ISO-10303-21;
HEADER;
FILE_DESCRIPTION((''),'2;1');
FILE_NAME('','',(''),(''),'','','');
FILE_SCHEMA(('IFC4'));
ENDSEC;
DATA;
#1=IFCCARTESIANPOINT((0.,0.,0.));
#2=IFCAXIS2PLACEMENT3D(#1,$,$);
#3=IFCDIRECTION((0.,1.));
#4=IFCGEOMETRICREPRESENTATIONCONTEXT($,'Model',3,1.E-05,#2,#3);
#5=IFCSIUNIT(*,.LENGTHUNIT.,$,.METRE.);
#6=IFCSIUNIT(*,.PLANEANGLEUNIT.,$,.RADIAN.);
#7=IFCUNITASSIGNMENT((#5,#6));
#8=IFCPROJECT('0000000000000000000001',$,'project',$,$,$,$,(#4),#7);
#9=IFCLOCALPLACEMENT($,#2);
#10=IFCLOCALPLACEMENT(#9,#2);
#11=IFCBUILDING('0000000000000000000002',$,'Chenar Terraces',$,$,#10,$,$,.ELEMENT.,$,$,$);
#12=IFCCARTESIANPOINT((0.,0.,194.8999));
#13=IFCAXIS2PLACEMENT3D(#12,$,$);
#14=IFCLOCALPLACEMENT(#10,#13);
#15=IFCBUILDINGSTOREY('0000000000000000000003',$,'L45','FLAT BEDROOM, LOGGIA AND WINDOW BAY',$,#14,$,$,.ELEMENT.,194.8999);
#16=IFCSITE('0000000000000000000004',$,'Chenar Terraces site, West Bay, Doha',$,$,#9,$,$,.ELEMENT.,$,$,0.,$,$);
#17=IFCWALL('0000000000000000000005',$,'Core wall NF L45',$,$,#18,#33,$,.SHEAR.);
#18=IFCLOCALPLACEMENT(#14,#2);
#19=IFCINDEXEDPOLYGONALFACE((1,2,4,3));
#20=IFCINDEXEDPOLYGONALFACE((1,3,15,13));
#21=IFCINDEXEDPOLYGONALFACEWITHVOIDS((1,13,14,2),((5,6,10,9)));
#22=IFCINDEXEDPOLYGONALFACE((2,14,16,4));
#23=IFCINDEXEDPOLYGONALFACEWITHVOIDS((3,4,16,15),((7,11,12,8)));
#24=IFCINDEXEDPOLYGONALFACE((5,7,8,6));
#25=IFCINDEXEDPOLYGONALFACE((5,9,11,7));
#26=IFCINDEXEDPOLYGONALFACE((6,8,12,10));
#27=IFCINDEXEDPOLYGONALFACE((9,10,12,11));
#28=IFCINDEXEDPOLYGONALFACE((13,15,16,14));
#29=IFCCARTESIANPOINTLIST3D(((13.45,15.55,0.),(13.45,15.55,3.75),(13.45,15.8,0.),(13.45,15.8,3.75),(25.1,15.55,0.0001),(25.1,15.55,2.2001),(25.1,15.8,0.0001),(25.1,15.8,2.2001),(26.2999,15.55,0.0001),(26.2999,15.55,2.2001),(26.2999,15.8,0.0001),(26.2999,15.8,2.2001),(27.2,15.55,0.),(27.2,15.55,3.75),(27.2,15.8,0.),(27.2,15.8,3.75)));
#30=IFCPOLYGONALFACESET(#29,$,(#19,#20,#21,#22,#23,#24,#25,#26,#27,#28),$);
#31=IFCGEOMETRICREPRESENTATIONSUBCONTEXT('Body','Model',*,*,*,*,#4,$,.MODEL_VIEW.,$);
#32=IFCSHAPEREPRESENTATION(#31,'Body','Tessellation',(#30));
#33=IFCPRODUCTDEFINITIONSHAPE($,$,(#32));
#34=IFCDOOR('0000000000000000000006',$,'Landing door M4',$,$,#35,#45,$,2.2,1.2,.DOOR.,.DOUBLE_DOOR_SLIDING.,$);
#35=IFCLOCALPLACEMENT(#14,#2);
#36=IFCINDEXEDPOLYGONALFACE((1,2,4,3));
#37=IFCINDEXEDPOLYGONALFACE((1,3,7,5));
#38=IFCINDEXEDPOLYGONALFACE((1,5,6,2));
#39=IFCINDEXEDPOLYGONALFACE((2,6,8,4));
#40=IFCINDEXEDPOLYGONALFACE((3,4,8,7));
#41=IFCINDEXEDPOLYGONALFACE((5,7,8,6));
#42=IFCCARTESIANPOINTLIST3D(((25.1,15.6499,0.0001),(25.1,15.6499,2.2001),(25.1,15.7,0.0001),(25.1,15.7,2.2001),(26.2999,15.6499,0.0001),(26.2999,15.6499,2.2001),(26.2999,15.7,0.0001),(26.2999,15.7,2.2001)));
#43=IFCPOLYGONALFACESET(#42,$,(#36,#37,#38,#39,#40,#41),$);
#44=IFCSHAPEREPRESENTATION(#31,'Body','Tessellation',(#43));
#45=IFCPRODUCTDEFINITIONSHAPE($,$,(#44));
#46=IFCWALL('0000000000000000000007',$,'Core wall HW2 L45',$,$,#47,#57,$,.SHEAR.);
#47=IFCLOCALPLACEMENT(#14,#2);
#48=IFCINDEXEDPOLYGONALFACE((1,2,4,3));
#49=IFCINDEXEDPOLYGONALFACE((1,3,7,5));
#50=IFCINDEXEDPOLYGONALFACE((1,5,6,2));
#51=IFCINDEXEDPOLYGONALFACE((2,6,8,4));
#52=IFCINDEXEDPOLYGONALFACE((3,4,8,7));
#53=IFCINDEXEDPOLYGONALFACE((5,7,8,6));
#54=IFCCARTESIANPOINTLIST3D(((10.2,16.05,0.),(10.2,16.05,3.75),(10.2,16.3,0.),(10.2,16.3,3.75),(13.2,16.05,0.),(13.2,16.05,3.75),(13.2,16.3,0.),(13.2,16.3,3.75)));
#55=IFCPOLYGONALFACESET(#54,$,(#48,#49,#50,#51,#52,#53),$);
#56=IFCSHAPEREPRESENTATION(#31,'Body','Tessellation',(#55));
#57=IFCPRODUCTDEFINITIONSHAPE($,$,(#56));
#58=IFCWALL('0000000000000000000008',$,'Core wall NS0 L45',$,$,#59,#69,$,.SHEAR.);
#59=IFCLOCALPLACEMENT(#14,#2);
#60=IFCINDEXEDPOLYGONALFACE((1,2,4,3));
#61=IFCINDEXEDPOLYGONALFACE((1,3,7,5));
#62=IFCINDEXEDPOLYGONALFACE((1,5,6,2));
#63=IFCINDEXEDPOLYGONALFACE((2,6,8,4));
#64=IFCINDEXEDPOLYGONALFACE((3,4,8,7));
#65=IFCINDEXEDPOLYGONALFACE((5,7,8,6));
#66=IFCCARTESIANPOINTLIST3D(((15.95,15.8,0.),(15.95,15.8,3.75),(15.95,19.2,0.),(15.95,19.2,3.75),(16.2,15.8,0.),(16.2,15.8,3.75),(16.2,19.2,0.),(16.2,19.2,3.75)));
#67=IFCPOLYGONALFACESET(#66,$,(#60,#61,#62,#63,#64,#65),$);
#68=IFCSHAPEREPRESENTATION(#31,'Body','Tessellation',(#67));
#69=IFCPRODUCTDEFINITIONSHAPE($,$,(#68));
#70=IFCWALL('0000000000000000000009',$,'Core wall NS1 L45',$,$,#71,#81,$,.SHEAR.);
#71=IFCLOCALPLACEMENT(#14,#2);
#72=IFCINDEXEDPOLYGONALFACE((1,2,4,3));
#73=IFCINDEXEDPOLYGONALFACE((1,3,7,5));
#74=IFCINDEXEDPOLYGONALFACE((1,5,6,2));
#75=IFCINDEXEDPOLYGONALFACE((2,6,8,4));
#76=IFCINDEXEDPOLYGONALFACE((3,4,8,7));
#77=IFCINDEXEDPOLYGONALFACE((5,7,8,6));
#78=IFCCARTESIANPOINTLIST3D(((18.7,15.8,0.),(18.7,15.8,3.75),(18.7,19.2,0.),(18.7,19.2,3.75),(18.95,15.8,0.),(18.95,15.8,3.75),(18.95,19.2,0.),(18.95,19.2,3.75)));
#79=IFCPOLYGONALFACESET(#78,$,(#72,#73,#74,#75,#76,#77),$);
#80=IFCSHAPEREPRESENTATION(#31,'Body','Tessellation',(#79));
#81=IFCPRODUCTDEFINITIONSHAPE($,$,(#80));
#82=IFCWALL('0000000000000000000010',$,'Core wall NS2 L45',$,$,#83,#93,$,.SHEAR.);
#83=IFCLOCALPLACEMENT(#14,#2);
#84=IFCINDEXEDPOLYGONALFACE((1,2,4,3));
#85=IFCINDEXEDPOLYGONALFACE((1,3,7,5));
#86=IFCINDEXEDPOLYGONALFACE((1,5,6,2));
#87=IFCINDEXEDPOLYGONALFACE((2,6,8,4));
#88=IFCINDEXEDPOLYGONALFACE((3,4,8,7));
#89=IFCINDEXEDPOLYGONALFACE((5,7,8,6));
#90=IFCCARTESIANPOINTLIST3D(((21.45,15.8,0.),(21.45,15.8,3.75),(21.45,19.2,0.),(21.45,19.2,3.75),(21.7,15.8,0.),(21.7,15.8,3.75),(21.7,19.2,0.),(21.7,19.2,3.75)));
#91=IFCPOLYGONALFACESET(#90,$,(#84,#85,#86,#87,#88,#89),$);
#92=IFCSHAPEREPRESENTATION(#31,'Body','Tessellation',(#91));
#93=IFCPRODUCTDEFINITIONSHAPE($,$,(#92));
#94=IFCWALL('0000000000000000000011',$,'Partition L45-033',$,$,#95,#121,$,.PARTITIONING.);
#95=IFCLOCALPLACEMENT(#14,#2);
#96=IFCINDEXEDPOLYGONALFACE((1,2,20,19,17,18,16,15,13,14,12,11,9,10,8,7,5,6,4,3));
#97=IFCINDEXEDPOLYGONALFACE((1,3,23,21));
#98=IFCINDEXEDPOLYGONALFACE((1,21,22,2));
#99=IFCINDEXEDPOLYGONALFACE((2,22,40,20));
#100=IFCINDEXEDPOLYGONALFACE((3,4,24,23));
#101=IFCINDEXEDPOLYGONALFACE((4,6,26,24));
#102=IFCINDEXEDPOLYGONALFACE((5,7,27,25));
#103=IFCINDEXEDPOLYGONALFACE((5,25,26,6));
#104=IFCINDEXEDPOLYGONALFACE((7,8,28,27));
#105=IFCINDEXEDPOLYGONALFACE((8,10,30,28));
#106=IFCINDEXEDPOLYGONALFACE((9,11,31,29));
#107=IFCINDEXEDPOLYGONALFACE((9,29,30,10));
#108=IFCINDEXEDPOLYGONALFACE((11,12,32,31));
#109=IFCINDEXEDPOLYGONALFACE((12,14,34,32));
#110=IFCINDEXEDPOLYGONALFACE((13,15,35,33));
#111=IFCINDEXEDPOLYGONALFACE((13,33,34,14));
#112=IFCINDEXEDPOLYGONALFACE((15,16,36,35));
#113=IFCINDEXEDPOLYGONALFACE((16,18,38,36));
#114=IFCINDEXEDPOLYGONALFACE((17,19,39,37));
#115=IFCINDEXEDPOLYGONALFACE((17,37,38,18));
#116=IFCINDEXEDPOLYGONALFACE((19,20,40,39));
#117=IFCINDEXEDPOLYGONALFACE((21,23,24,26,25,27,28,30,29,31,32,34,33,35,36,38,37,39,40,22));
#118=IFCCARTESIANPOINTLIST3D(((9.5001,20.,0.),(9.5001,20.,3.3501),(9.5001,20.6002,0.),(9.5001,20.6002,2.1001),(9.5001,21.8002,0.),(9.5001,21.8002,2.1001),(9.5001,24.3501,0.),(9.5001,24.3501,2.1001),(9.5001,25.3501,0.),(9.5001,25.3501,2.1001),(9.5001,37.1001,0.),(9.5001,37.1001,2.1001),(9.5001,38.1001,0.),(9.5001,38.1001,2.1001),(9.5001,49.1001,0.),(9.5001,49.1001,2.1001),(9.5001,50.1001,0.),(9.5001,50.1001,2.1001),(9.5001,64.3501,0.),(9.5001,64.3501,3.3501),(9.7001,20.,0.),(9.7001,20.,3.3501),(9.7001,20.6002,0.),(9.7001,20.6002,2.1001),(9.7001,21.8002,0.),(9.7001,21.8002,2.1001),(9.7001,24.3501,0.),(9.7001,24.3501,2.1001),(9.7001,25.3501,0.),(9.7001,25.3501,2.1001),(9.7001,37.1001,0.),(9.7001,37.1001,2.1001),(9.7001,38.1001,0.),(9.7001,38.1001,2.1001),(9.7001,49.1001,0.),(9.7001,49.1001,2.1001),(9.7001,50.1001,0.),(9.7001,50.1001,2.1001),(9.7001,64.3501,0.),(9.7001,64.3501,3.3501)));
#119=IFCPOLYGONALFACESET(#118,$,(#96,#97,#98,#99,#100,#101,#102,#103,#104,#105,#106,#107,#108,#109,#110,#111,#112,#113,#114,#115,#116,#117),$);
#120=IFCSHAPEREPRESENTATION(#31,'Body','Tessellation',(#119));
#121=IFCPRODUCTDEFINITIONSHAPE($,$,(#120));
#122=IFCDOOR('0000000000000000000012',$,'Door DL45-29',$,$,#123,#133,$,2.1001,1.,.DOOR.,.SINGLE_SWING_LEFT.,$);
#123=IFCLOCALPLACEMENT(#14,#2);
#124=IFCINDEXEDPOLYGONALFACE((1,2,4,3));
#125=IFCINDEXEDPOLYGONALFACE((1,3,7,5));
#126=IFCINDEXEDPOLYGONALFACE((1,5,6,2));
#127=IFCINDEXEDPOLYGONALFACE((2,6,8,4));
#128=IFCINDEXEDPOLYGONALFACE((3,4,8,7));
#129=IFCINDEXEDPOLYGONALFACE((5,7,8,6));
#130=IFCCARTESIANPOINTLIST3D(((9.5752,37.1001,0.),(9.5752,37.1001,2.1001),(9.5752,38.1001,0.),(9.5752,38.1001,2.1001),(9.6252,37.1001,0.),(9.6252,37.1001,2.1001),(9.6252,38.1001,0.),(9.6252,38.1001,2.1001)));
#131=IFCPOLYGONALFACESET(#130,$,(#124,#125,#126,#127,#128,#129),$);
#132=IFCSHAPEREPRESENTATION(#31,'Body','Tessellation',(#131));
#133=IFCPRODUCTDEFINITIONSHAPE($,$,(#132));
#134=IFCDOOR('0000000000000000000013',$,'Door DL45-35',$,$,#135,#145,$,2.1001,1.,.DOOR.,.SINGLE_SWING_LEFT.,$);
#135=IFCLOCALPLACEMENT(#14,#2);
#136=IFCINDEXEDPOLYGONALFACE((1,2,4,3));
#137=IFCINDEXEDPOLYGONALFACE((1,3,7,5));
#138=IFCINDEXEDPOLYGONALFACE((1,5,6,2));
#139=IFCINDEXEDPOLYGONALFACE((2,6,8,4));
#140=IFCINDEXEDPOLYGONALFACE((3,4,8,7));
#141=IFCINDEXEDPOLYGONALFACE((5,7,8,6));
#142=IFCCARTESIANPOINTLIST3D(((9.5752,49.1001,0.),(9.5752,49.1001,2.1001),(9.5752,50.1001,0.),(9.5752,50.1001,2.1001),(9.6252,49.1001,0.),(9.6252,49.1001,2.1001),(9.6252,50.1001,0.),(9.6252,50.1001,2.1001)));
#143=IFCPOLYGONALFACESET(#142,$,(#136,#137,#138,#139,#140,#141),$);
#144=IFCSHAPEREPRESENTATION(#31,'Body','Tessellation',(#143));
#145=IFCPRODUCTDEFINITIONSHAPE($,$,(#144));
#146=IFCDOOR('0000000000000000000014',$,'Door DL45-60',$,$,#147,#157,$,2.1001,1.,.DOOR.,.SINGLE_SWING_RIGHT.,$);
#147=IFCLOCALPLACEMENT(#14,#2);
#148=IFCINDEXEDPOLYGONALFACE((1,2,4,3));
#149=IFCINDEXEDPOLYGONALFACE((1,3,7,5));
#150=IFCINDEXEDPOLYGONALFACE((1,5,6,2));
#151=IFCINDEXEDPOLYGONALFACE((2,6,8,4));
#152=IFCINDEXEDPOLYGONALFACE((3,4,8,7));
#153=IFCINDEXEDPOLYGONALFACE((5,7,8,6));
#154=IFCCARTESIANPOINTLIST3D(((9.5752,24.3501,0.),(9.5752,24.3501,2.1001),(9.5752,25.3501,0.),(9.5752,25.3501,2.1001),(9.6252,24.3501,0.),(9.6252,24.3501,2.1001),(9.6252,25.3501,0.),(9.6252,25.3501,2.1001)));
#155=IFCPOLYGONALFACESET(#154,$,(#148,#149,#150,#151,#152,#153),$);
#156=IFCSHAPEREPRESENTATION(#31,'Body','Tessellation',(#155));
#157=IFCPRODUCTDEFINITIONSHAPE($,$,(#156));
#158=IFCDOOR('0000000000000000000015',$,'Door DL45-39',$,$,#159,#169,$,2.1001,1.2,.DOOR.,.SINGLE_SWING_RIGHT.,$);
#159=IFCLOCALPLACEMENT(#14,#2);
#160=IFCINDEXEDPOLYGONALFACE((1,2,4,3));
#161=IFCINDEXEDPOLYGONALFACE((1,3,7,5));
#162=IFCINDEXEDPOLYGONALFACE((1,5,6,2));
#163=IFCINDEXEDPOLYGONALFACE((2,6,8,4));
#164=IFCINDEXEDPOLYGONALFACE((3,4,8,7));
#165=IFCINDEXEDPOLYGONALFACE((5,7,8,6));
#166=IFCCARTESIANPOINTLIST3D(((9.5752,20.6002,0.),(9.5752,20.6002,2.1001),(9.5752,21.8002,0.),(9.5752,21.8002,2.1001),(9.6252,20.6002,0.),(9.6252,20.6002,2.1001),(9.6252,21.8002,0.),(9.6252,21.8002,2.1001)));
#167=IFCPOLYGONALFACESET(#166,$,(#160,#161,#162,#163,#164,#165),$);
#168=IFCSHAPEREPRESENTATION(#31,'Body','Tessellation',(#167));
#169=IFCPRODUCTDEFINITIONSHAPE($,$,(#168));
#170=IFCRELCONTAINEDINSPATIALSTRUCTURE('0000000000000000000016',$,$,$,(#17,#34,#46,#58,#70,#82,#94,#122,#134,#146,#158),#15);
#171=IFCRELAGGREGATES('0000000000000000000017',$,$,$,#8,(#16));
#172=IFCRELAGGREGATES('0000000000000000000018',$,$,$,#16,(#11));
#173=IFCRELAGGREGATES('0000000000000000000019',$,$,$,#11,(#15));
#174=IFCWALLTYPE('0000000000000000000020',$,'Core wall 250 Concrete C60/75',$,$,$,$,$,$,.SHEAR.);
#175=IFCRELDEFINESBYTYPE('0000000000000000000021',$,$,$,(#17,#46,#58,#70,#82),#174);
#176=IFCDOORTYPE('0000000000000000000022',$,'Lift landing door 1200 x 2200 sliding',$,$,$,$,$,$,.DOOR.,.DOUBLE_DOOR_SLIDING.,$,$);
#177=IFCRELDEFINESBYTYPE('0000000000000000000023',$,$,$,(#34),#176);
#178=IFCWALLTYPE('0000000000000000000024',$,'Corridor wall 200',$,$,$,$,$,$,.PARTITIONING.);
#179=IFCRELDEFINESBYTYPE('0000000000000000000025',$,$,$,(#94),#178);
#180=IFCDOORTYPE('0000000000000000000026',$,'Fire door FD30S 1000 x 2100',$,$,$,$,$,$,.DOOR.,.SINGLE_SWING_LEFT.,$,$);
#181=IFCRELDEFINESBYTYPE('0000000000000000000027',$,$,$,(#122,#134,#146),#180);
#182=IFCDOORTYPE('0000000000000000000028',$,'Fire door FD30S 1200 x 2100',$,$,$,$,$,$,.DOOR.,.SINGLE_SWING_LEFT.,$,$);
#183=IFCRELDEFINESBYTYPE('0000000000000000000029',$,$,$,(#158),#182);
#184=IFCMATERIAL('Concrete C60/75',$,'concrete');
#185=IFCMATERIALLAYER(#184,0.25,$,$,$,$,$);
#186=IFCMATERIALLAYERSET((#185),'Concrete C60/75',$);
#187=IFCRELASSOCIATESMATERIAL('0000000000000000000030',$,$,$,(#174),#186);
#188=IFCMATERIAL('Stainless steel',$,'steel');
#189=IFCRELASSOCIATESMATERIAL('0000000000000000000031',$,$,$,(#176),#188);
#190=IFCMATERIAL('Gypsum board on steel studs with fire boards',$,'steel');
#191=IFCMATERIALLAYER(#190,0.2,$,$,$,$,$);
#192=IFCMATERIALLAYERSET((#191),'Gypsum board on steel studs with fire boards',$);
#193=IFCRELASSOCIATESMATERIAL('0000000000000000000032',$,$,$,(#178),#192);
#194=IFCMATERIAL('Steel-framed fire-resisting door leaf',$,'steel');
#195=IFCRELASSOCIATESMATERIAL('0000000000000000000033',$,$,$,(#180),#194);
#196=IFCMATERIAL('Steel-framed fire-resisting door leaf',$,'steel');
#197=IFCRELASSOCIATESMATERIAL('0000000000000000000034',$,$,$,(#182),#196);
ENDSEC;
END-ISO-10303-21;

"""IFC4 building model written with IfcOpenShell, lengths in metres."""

from ifc_helpers import new_model, si_unit, direction, frame, frame_2d, origin, place, context, subcontext, project, spatial, rectangle, extrude, material, layer, layer_set, type_object, element, fill, save


model = new_model("IFC4")

# Units and contexts
model_context = context("Model", 3, precision=1e-05, world=origin(), true_north=direction((0.0, 1.0)))
body_context = subcontext(model_context, "Body", "Model", "MODEL_VIEW")
ifc_project = project(units=[si_unit("LENGTHUNIT", "METRE"), si_unit("PLANEANGLEUNIT", "RADIAN")], contexts=[model_context])

# Site, building, storey
site_placement = place(None, origin())
site = spatial("IfcSite", under=ifc_project, at=site_placement, Name="Chenar Terraces site, West Bay, Doha", CompositionType="ELEMENT", RefElevation=0.0)
building_placement = place(site_placement, origin())
building = spatial("IfcBuilding", under=site, at=building_placement, Name="Chenar Terraces", CompositionType="ELEMENT")
storey_placement = place(building_placement, frame((0.0, 0.0, 194.8999)))
storey = spatial("IfcBuildingStorey", under=building, at=storey_placement, Name="L45", Description="FLAT BEDROOM, LOGGIA AND WINDOW BAY", CompositionType="ELEMENT", Elevation=194.8999)

# Wall, opening, door
ifc_material_1 = material(Name="Concrete C60/75", Category="concrete")
ifc_layer_1 = layer(ifc_material_1, 0.25)
ifc_layer_set_1 = layer_set([ifc_layer_1], Name="Concrete C60/75")
wall_type_1 = type_object("IfcWallType", Name="Core wall 250 Concrete C60/75", PredefinedType="SHEAR", material=ifc_layer_set_1)
wall_1_placement = place(storey_placement, frame((13.45, 15.675, 0.0), z_axis=(0.0, 0.0, 1.0), x_axis=(1.0, 0.0, 0.0)))
wall_1 = element("IfcWall", 1, at=wall_1_placement, inside=storey, type_object=wall_type_1, Name="Core wall NF L45", PredefinedType="SHEAR", context=body_context, shape_type="SweptSolid", body=[
    extrude(rectangle(XDim=13.75, YDim=0.25, at=frame_2d((6.875, 0.0))), origin(), (0.0, 0.0, 1.0), 3.75),
])
opening_1_placement = place(wall_1_placement, frame((11.6499, 0.0, 0.0)))
opening_1 = element("IfcOpeningElement", 2, at=opening_1_placement, cuts=wall_1, PredefinedType="OPENING", context=body_context, shape_type="SweptSolid", body=[
    extrude(rectangle(XDim=1.2, YDim=2.2, at=frame_2d((0.6001, 1.1001))), frame((0.0, 0.135, 0.0), z_axis=(0.0, -1.0, 0.0), x_axis=(1.0, 0.0, 0.0)), (0.0, 0.0, 1.0), 0.27),
])
ifc_material_2 = material(Name="Stainless steel", Category="steel")
door_type_1 = type_object("IfcDoorType", Name="Lift landing door 1200 x 2200 sliding", OperationType="DOUBLE_DOOR_SLIDING", PredefinedType="DOOR", material=ifc_material_2)
door_1_placement = place(opening_1_placement, origin())
door_1 = element("IfcDoor", 3, at=door_1_placement, inside=storey, type_object=door_type_1, Name="Landing door M4", OperationType="DOUBLE_DOOR_SLIDING", OverallHeight=2.2, OverallWidth=1.2, PredefinedType="DOOR", context=body_context, shape_type="SweptSolid", body=[
    extrude(rectangle(XDim=1.2, YDim=2.2, at=frame_2d((0.6001, 1.1001))), frame((0.0, 0.0249, 0.0), z_axis=(0.0, -1.0, 0.0), x_axis=(1.0, 0.0, 0.0)), (0.0, 0.0, 1.0), 0.05),
])
fill(opening_1, door_1)

# Walls
wall_2_placement = place(storey_placement, frame((10.2, 16.175, 0.0), z_axis=(0.0, 0.0, 1.0), x_axis=(1.0, 0.0, 0.0)))
element("IfcWall", 4, at=wall_2_placement, inside=storey, type_object=wall_type_1, Name="Core wall HW2 L45", PredefinedType="SHEAR", context=body_context, shape_type="SweptSolid", body=[
    extrude(rectangle(XDim=3.0, YDim=0.25, at=frame_2d((1.5, 0.0))), origin(), (0.0, 0.0, 1.0), 3.75),
])
for number, where, z_axis, x_axis, name in (
    (5, (16.075, 15.8, 0.0), (0.0, 0.0, 1.0), (0.0, 1.0, 0.0), "Core wall NS0 L45"),
    (6, (18.825, 15.8, 0.0), (0.0, 0.0, 1.0), (0.0, 1.0, 0.0), "Core wall NS1 L45"),
    (7, (21.575, 15.8, 0.0), (0.0, 0.0, 1.0), (0.0, 1.0, 0.0), "Core wall NS2 L45"),
):
    element("IfcWall", number, at=place(storey_placement, frame(where, z_axis=z_axis, x_axis=x_axis)), inside=storey, type_object=wall_type_1, Name=name, PredefinedType="SHEAR", context=body_context, shape_type="SweptSolid", body=[
        extrude(rectangle(XDim=3.3999, YDim=0.25, at=frame_2d((1.7, 0.0))), origin(), (0.0, 0.0, 1.0), 3.75),
    ])

# Wall, openings, doors
ifc_material_3 = material(Name="Gypsum board on steel studs with fire boards", Category="steel")
ifc_layer_2 = layer(ifc_material_3, 0.2)
ifc_layer_set_2 = layer_set([ifc_layer_2], Name="Gypsum board on steel studs with fire boards")
wall_type_2 = type_object("IfcWallType", Name="Corridor wall 200", PredefinedType="PARTITIONING", material=ifc_layer_set_2)
wall_3_placement = place(storey_placement, frame((9.6001, 20.0, 0.0), z_axis=(0.0, 0.0, 1.0), x_axis=(0.0, 1.0, 0.0)))
wall_3 = element("IfcWall", 8, at=wall_3_placement, inside=storey, type_object=wall_type_2, Name="Partition L45-033", PredefinedType="PARTITIONING", context=body_context, shape_type="SweptSolid", body=[
    extrude(rectangle(XDim=44.3501, YDim=0.2, at=frame_2d((22.175, 0.0))), origin(), (0.0, 0.0, 1.0), 3.3501),
])
opening_2_placement = place(wall_3_placement, frame((17.1001, 0.0, 0.0)))
opening_2 = element("IfcOpeningElement", 9, at=opening_2_placement, cuts=wall_3, PredefinedType="OPENING", context=body_context, shape_type="SweptSolid", body=[
    extrude(rectangle(XDim=1.0, YDim=2.1001, at=frame_2d((0.5, 1.05))), frame((0.0, 0.1099, 0.0), z_axis=(0.0, -1.0, 0.0), x_axis=(1.0, 0.0, 0.0)), (0.0, 0.0, 1.0), 0.22),
])
opening_3_placement = place(wall_3_placement, frame((29.1001, 0.0, 0.0)))
opening_3 = element("IfcOpeningElement", 10, at=opening_3_placement, cuts=wall_3, PredefinedType="OPENING", context=body_context, shape_type="SweptSolid", body=[
    extrude(rectangle(XDim=1.0, YDim=2.1001, at=frame_2d((0.5, 1.05))), frame((0.0, 0.1099, 0.0), z_axis=(0.0, -1.0, 0.0), x_axis=(1.0, 0.0, 0.0)), (0.0, 0.0, 1.0), 0.22),
])
opening_4_placement = place(wall_3_placement, frame((0.6001, 0.0, 0.0)))
opening_4 = element("IfcOpeningElement", 11, at=opening_4_placement, cuts=wall_3, PredefinedType="OPENING", context=body_context, shape_type="SweptSolid", body=[
    extrude(rectangle(XDim=1.2, YDim=2.1001, at=frame_2d((0.6001, 1.05))), frame((0.0, 0.1099, 0.0), z_axis=(0.0, -1.0, 0.0), x_axis=(1.0, 0.0, 0.0)), (0.0, 0.0, 1.0), 0.22),
])
opening_5_placement = place(wall_3_placement, frame((4.3501, 0.0, 0.0)))
opening_5 = element("IfcOpeningElement", 12, at=opening_5_placement, cuts=wall_3, PredefinedType="OPENING", context=body_context, shape_type="SweptSolid", body=[
    extrude(rectangle(XDim=1.0, YDim=2.1001, at=frame_2d((0.5, 1.05))), frame((0.0, 0.1099, 0.0), z_axis=(0.0, -1.0, 0.0), x_axis=(1.0, 0.0, 0.0)), (0.0, 0.0, 1.0), 0.22),
])
ifc_material_4 = material(Name="Steel-framed fire-resisting door leaf", Category="steel")
door_type_2 = type_object("IfcDoorType", Name="Fire door FD30S 1000 x 2100", OperationType="SINGLE_SWING_LEFT", PredefinedType="DOOR", material=ifc_material_4)
door_2_placement = place(opening_2_placement, origin())
door_2 = element("IfcDoor", 13, at=door_2_placement, inside=storey, type_object=door_type_2, Name="Door DL45-29", OperationType="SINGLE_SWING_LEFT", OverallHeight=2.1001, OverallWidth=1.0, PredefinedType="DOOR", context=body_context, shape_type="SweptSolid", body=[
    extrude(rectangle(XDim=1.0, YDim=2.1001, at=frame_2d((0.5, 1.05))), frame((0.0, 0.0249, 0.0), z_axis=(0.0, -1.0, 0.0), x_axis=(1.0, 0.0, 0.0)), (0.0, 0.0, 1.0), 0.05),
])
fill(opening_2, door_2)
door_3_placement = place(opening_3_placement, origin())
door_3 = element("IfcDoor", 14, at=door_3_placement, inside=storey, type_object=door_type_2, Name="Door DL45-35", OperationType="SINGLE_SWING_LEFT", OverallHeight=2.1001, OverallWidth=1.0, PredefinedType="DOOR", context=body_context, shape_type="SweptSolid", body=[
    extrude(rectangle(XDim=1.0, YDim=2.1001, at=frame_2d((0.5, 1.05))), frame((0.0, 0.0249, 0.0), z_axis=(0.0, -1.0, 0.0), x_axis=(1.0, 0.0, 0.0)), (0.0, 0.0, 1.0), 0.05),
])
fill(opening_3, door_3)
door_4_placement = place(opening_5_placement, origin())
door_4 = element("IfcDoor", 15, at=door_4_placement, inside=storey, type_object=door_type_2, Name="Door DL45-60", OperationType="SINGLE_SWING_RIGHT", OverallHeight=2.1001, OverallWidth=1.0, PredefinedType="DOOR", context=body_context, shape_type="SweptSolid", body=[
    extrude(rectangle(XDim=1.0, YDim=2.1001, at=frame_2d((0.5, 1.05))), frame((0.0, 0.0249, 0.0), z_axis=(0.0, -1.0, 0.0), x_axis=(1.0, 0.0, 0.0)), (0.0, 0.0, 1.0), 0.05),
])
fill(opening_5, door_4)
ifc_material_5 = material(Name="Steel-framed fire-resisting door leaf", Category="steel")
door_type_3 = type_object("IfcDoorType", Name="Fire door FD30S 1200 x 2100", OperationType="SINGLE_SWING_LEFT", PredefinedType="DOOR", material=ifc_material_5)
door_5_placement = place(opening_4_placement, origin())
door_5 = element("IfcDoor", 16, at=door_5_placement, inside=storey, type_object=door_type_3, Name="Door DL45-39", OperationType="SINGLE_SWING_RIGHT", OverallHeight=2.1001, OverallWidth=1.2, PredefinedType="DOOR", context=body_context, shape_type="SweptSolid", body=[
    extrude(rectangle(XDim=1.2, YDim=2.1001, at=frame_2d((0.6001, 1.05))), frame((0.0, 0.0249, 0.0), z_axis=(0.0, -1.0, 0.0), x_axis=(1.0, 0.0, 0.0)), (0.0, 0.0, 1.0), 0.05),
])
fill(opening_4, door_5)

save(model, "model.ifc")
